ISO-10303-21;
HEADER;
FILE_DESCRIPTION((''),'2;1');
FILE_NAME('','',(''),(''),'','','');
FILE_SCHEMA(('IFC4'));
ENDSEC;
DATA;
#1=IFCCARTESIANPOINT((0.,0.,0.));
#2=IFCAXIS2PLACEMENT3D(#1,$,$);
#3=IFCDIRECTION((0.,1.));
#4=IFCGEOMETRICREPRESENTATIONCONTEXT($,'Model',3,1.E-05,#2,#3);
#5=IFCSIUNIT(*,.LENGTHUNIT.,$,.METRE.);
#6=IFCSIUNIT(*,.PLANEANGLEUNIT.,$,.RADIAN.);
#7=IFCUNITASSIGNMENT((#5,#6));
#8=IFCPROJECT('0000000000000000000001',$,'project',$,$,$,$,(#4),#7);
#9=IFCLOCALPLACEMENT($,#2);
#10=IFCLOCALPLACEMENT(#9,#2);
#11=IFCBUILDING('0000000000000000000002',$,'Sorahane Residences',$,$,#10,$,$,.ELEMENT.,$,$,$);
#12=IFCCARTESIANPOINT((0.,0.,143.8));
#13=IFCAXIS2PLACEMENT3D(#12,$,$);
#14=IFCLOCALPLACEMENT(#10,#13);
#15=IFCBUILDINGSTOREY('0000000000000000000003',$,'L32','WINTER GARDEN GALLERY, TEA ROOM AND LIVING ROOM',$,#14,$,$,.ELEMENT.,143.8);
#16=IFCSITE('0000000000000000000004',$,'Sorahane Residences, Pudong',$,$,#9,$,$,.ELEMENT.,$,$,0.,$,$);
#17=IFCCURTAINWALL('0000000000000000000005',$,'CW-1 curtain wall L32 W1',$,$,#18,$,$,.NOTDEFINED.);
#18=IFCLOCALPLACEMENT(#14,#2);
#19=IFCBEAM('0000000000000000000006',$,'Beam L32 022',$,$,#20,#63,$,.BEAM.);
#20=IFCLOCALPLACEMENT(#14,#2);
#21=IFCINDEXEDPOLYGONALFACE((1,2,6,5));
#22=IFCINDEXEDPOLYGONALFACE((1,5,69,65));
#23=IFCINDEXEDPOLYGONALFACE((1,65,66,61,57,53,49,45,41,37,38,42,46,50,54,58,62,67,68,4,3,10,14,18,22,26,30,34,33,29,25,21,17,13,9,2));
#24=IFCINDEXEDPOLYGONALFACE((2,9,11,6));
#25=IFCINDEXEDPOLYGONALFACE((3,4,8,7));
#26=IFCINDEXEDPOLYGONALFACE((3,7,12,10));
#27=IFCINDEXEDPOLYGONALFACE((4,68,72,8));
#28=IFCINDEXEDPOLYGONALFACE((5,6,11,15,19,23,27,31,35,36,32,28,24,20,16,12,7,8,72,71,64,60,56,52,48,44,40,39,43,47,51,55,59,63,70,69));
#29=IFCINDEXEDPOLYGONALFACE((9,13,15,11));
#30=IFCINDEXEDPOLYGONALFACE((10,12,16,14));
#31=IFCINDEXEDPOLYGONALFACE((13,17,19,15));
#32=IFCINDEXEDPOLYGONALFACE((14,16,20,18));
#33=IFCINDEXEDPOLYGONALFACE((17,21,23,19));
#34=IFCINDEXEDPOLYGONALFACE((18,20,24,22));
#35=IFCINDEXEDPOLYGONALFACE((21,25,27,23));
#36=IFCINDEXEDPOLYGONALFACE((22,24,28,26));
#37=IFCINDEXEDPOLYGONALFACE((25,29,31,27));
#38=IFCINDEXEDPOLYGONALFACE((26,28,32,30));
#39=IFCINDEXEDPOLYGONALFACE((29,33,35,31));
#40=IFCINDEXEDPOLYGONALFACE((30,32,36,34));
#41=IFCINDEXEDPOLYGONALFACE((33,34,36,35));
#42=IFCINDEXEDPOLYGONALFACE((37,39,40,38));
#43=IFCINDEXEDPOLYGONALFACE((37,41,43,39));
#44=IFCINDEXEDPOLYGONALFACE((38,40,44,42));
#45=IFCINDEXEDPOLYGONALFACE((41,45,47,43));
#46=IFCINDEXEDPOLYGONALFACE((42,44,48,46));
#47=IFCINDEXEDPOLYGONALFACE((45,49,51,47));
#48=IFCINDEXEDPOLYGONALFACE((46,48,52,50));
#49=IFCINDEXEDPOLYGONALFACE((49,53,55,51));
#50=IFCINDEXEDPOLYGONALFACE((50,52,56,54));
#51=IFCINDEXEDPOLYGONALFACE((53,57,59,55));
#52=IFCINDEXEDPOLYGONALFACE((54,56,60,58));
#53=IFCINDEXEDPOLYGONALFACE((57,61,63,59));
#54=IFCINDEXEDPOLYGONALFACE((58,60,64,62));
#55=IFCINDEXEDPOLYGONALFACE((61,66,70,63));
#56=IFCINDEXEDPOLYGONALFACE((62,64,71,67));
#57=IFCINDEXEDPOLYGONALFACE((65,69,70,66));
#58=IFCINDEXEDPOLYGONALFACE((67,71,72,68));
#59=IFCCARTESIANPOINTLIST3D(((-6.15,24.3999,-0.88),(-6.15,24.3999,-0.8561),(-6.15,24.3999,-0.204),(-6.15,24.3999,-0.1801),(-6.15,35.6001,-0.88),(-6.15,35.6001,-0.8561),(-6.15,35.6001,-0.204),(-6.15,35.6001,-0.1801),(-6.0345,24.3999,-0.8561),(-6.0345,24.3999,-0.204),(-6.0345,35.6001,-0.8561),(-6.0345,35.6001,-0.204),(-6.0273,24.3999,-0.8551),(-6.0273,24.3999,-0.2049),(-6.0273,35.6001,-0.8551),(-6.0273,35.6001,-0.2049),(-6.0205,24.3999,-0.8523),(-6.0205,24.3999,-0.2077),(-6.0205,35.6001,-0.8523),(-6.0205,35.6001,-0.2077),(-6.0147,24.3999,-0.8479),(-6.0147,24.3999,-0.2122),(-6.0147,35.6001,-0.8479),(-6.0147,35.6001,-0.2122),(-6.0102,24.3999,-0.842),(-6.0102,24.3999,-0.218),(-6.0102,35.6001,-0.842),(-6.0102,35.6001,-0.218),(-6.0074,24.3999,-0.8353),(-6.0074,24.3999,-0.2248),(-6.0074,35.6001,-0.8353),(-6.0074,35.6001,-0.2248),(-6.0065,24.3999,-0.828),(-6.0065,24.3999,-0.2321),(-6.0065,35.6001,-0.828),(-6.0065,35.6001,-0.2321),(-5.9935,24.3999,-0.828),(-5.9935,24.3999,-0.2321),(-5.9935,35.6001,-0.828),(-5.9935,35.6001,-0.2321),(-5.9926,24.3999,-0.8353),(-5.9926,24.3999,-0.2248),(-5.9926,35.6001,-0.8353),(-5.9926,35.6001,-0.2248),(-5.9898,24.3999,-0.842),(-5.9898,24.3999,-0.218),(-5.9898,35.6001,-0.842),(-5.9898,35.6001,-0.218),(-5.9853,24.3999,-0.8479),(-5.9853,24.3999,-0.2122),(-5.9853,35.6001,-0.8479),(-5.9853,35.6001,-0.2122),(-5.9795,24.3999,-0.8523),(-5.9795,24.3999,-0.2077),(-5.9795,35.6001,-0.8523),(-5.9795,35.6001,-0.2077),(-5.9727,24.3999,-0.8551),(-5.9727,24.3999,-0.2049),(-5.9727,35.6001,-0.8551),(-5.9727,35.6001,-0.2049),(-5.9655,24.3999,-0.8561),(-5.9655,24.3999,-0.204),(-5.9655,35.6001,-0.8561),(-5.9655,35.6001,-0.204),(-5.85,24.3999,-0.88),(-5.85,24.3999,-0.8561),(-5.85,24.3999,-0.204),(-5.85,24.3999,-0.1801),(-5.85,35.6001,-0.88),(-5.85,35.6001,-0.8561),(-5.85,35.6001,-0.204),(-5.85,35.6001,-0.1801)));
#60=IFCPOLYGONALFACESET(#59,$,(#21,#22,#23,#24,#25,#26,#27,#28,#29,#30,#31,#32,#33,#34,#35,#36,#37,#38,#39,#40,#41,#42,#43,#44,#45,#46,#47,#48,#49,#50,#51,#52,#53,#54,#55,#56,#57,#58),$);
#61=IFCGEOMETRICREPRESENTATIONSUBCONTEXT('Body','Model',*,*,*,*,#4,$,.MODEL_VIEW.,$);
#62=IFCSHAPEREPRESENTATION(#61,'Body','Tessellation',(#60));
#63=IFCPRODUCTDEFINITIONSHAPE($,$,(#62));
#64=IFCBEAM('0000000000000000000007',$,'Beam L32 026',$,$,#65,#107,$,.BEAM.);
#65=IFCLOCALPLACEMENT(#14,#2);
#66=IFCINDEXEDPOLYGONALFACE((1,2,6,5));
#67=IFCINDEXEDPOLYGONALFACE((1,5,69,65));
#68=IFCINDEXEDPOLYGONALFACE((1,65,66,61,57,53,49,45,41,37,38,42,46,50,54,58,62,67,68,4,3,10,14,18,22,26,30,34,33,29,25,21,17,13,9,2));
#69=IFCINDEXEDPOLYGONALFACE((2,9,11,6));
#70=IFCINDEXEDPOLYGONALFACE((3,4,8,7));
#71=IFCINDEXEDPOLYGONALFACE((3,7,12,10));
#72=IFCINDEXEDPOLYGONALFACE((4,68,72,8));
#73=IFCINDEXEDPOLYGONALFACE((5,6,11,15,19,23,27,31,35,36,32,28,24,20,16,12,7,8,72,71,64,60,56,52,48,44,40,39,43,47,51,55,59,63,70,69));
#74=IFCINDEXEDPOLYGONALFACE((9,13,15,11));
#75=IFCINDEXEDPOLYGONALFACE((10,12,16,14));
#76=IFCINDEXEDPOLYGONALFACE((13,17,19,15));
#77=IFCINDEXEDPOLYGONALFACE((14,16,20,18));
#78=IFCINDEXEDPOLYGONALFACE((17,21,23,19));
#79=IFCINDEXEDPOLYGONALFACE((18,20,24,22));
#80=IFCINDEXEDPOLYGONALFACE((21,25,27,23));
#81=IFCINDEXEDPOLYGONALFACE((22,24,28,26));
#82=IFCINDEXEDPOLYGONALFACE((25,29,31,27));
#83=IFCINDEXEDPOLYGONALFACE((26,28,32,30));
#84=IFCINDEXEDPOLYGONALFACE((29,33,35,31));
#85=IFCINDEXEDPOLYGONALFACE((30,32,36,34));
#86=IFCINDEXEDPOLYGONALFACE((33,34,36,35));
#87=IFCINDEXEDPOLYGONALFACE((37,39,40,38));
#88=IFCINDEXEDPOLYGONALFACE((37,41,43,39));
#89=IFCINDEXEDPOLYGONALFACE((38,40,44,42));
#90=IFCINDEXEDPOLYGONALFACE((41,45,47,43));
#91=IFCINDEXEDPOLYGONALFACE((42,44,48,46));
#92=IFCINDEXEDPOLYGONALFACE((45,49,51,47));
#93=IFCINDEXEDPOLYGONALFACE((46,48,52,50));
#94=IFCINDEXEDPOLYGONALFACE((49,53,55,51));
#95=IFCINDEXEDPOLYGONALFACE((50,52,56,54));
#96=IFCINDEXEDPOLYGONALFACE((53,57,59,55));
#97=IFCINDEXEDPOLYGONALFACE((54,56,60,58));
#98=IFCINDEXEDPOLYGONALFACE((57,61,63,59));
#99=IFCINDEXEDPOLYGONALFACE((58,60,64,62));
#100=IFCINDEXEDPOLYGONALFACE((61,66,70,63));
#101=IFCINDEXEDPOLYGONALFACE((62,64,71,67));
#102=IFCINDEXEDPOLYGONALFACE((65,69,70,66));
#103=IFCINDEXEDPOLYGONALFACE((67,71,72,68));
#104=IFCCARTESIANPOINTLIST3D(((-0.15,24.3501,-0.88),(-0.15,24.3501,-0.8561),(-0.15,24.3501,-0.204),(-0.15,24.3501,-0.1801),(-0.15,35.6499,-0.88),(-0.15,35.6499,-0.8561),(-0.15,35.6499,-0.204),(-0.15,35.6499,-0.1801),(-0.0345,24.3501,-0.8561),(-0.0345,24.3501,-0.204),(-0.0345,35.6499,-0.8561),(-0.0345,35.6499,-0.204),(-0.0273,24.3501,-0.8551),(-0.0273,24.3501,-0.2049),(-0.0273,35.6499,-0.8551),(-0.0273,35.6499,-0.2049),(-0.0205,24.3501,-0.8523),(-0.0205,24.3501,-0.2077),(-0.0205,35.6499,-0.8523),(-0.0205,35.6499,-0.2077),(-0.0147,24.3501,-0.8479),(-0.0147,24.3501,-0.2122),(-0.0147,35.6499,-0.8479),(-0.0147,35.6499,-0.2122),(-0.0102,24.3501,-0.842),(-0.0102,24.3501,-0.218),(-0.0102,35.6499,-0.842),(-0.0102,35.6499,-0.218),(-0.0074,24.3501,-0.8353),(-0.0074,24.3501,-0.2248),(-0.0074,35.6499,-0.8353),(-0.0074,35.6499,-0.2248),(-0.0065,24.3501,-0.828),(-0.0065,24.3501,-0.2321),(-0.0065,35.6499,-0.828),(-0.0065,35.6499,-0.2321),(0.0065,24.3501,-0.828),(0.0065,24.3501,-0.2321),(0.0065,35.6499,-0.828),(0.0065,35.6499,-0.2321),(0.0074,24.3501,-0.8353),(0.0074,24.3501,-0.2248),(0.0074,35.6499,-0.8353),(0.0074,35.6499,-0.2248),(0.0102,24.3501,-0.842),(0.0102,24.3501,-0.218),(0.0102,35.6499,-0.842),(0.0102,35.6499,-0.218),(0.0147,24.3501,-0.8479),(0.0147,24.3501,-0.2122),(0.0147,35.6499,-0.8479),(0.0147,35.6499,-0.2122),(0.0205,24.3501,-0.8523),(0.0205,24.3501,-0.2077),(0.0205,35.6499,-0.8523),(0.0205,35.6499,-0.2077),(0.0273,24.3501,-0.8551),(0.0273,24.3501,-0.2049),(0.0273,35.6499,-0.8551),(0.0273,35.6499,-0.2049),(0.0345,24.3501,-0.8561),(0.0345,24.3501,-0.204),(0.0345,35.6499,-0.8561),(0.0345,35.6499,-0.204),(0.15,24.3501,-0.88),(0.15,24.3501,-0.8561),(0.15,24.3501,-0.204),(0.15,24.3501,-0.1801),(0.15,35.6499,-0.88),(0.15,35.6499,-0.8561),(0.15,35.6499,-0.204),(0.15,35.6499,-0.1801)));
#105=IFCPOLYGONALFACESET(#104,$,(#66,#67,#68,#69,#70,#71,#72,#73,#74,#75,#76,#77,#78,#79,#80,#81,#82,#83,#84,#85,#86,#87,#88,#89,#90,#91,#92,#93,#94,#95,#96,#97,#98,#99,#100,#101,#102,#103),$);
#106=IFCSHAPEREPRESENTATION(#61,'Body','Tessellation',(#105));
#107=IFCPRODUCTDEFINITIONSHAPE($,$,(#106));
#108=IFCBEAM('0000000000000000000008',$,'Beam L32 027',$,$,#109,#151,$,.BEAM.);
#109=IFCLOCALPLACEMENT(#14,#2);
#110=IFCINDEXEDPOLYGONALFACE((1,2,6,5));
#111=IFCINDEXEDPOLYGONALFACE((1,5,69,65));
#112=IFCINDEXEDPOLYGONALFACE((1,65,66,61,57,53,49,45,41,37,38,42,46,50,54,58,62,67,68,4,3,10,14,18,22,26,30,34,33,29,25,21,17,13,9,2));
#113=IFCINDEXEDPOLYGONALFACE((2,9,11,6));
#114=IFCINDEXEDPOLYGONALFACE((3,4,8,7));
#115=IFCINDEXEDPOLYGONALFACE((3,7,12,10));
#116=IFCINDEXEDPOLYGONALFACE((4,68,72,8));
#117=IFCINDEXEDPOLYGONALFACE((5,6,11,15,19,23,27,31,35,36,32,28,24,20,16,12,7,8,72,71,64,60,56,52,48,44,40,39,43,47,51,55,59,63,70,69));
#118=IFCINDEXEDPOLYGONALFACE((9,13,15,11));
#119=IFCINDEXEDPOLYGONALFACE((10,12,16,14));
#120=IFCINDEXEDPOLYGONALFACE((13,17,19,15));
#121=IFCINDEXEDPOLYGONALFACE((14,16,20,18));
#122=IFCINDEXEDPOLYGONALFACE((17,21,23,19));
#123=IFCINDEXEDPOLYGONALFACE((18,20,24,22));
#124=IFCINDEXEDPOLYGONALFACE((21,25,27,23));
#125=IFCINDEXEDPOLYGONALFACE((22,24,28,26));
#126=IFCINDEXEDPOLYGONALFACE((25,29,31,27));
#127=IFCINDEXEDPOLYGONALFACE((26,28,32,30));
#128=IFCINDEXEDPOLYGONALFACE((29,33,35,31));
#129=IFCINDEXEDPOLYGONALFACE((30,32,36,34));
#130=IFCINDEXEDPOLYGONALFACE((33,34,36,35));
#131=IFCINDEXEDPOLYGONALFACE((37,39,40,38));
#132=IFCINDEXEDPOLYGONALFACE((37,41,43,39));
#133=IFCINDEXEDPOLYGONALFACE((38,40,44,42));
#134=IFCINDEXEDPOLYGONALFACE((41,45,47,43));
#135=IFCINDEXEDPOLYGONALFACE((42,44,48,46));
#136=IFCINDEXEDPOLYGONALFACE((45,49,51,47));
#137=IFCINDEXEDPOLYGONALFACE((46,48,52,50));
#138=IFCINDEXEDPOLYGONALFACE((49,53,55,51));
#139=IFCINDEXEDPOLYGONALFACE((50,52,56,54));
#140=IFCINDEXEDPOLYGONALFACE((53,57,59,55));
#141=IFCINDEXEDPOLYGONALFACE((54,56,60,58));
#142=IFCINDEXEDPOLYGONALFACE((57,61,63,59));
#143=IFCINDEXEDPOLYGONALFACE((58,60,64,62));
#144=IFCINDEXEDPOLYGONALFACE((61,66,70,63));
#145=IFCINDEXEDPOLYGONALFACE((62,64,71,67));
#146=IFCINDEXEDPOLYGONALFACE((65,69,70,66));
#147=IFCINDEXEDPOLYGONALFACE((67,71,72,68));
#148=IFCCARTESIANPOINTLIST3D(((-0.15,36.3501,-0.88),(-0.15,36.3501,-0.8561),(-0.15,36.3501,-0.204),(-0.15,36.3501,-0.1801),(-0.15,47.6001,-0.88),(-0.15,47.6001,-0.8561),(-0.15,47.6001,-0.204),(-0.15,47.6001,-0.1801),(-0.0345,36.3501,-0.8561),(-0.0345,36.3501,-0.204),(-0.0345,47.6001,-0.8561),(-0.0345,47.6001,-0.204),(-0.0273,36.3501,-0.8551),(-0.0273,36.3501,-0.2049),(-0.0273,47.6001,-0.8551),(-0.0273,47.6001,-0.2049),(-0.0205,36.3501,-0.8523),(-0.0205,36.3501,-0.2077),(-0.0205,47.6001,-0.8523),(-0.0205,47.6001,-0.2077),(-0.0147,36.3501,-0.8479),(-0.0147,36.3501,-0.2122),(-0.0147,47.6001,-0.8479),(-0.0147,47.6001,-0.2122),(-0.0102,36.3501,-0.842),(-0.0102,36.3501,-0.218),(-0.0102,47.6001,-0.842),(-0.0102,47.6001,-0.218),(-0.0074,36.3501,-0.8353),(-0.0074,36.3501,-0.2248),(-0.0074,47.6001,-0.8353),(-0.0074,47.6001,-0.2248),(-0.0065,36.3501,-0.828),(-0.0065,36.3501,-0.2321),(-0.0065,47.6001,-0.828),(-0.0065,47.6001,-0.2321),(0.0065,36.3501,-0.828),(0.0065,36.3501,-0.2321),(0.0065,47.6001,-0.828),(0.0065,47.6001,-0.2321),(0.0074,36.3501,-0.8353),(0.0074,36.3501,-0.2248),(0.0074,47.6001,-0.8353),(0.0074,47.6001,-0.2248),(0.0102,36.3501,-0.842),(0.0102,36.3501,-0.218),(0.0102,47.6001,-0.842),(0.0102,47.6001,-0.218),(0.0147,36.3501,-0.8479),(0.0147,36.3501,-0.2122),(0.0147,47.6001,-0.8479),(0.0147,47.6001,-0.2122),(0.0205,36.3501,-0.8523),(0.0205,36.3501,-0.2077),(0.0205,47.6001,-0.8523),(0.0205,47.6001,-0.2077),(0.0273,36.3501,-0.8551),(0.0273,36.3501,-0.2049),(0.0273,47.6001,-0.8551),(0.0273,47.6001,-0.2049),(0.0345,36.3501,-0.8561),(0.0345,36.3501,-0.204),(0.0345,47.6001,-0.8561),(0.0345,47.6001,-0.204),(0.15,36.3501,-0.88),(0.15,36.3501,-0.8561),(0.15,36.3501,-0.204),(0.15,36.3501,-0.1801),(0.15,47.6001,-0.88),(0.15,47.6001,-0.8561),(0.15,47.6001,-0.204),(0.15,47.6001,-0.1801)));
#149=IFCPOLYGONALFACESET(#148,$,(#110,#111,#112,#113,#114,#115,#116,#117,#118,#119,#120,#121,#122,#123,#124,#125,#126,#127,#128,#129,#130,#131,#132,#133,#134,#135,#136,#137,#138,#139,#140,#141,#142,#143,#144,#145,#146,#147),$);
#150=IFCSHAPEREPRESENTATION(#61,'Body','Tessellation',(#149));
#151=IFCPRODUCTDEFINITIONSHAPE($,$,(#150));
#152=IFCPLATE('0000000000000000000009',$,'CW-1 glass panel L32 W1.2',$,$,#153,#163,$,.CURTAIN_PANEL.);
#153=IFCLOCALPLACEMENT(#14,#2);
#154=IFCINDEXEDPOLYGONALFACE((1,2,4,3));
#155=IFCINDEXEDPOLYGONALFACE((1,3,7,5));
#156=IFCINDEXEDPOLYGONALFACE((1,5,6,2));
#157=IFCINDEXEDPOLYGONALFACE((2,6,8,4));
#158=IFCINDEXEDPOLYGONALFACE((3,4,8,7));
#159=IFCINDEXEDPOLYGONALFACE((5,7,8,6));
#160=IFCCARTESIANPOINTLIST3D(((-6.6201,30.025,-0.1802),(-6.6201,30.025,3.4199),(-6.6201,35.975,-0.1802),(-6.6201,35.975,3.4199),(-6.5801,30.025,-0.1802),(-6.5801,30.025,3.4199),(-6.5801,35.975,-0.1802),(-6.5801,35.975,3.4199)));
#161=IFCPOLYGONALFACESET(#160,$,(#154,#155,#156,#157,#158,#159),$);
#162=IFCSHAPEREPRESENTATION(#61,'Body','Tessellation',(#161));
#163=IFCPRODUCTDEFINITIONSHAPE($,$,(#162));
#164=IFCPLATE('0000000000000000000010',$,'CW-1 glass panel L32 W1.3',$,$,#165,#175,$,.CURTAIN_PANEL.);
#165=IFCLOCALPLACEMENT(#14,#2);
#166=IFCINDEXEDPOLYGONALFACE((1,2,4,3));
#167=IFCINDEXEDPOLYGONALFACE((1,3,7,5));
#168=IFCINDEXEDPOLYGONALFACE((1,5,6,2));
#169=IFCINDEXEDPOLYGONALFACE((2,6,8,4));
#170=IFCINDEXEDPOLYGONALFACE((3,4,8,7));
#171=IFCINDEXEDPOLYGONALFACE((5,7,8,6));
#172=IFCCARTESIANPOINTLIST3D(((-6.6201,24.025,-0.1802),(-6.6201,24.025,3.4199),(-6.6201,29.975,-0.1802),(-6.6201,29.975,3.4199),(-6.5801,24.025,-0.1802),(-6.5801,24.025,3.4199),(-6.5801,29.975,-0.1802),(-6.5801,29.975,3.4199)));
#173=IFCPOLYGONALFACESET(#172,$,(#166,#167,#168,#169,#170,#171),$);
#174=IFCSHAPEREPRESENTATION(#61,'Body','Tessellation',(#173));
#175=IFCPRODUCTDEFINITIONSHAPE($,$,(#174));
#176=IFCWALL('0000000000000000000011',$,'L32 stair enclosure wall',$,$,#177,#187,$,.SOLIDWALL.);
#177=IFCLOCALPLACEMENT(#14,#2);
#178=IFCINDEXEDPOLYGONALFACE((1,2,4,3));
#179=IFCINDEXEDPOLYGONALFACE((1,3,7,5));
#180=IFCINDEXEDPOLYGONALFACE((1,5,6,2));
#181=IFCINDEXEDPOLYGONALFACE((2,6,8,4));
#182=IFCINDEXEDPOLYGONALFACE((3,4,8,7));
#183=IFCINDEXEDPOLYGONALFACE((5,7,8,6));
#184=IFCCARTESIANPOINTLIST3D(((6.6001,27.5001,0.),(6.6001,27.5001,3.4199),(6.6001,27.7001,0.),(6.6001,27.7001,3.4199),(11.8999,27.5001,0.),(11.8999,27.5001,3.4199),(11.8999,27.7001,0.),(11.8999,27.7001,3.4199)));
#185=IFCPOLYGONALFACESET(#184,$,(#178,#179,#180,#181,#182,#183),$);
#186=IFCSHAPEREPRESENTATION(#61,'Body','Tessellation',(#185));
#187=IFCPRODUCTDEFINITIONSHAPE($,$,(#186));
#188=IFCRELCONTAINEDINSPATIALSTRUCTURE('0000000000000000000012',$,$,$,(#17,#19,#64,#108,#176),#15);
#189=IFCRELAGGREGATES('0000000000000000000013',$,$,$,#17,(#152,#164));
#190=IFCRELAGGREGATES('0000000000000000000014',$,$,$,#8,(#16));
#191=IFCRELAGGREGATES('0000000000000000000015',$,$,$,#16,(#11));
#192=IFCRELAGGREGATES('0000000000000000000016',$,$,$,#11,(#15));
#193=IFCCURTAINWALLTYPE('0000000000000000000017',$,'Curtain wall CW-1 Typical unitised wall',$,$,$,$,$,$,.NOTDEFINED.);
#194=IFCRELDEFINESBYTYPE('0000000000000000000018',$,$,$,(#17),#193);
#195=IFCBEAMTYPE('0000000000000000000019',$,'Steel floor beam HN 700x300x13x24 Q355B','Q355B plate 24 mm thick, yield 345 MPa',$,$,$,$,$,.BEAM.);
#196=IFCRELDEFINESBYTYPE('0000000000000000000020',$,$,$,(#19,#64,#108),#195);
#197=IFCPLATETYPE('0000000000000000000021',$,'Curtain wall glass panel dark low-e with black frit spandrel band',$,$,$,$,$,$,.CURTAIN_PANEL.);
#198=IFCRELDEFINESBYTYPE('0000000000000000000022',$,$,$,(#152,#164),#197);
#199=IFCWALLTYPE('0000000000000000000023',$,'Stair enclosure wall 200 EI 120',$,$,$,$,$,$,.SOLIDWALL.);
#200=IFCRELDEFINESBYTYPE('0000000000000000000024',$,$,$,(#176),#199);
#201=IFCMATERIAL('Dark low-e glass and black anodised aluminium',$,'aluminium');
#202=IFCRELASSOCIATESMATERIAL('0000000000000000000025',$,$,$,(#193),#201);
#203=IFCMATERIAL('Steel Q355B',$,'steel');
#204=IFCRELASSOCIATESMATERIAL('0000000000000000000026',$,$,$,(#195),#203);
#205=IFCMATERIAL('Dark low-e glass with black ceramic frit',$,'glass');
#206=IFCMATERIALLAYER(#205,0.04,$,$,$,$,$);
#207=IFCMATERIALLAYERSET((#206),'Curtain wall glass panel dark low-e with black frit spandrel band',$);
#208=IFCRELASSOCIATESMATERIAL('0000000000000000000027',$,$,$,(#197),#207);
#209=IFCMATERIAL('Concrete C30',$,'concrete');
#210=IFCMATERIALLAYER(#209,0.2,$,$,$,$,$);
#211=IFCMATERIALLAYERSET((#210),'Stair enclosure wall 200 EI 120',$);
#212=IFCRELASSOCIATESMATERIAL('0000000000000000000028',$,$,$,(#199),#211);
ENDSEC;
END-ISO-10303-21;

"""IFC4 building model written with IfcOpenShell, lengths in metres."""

from ifc_helpers import new_model, si_unit, direction, frame, frame_2d, origin, origin_2d, place, context, subcontext, project, spatial, rectangle, i_section, extrude, material, layer, layer_set, material_profile, profile_set, type_object, element, aggregate, save


model = new_model("IFC4")

# Units and contexts
model_context = context("Model", 3, precision=1e-05, world=origin(), true_north=direction((0.0, 1.0)))
body_context = subcontext(model_context, "Body", "Model", "MODEL_VIEW")
ifc_project = project(units=[si_unit("LENGTHUNIT", "METRE"), si_unit("PLANEANGLEUNIT", "RADIAN")], contexts=[model_context])

# Site, building, storey
site_placement = place(None, origin())
site = spatial("IfcSite", under=ifc_project, at=site_placement, Name="Sorahane Residences, Pudong", CompositionType="ELEMENT", RefElevation=0.0)
building_placement = place(site_placement, origin())
building = spatial("IfcBuilding", under=site, at=building_placement, Name="Sorahane Residences", CompositionType="ELEMENT")
storey_placement = place(building_placement, frame((0.0, 0.0, 143.8)))
storey = spatial("IfcBuildingStorey", under=building, at=storey_placement, Name="L32", Description="WINTER GARDEN GALLERY, TEA ROOM AND LIVING ROOM", CompositionType="ELEMENT", Elevation=143.8)

# Curtain wall
ifc_material_1 = material(Name="Dark low-e glass and black anodised aluminium", Category="aluminium")
curtain_wall_type = type_object("IfcCurtainWallType", Name="Curtain wall CW-1 Typical unitised wall", PredefinedType="NOTDEFINED", material=ifc_material_1)
curtain_wall_placement = place(storey_placement, origin())
curtain_wall = element("IfcCurtainWall", 1, at=curtain_wall_placement, inside=storey, type_object=curtain_wall_type, Name="CW-1 curtain wall L32 W1", PredefinedType="NOTDEFINED")

# Beams
ifc_material_2 = material(Name="Steel Q355B", Category="steel")
ifc_material_profile_1 = material_profile(ifc_material_2, i_section(OverallWidth=0.3, OverallDepth=0.7, WebThickness=0.0129, FlangeThickness=0.0239, FilletRadius=0.0281, at=origin_2d()), Name="HN 700x300x13x24")
ifc_profile_set_1 = profile_set([ifc_material_profile_1], Name="Steel Q355B")
beam_type_1 = type_object("IfcBeamType", Name="Steel floor beam HN 700x300x13x24 Q355B", Description="Q355B plate 24 mm thick, yield 345 MPa", PredefinedType="BEAM", material=ifc_profile_set_1)
beam_1_placement = place(storey_placement, frame((-6.0, 24.3999, -0.53), z_axis=(0.0, 1.0, 0.0), x_axis=(-1.0, 0.0, 0.0)))
element("IfcBeam", 2, at=beam_1_placement, inside=storey, type_object=beam_type_1, Name="Beam L32 022", PredefinedType="BEAM", context=body_context, shape_type="SweptSolid", body=[
    extrude(i_section(OverallWidth=0.3, OverallDepth=0.7, WebThickness=0.0129, FlangeThickness=0.0239, FilletRadius=0.0281, at=origin_2d()), origin(), (0.0, 0.0, 1.0), 11.2002),
])
beam_2_placement = place(storey_placement, frame((0.0, 24.3501, -0.53), z_axis=(0.0, 1.0, 0.0), x_axis=(-1.0, 0.0, 0.0)))
element("IfcBeam", 3, at=beam_2_placement, inside=storey, type_object=beam_type_1, Name="Beam L32 026", PredefinedType="BEAM", context=body_context, shape_type="SweptSolid", body=[
    extrude(i_section(OverallWidth=0.3, OverallDepth=0.7, WebThickness=0.0129, FlangeThickness=0.0239, FilletRadius=0.0281, at=origin_2d()), origin(), (0.0, 0.0, 1.0), 11.2998),
])
beam_3_placement = place(storey_placement, frame((0.0, 36.3501, -0.53), z_axis=(0.0, 1.0, 0.0), x_axis=(-1.0, 0.0, 0.0)))
element("IfcBeam", 4, at=beam_3_placement, inside=storey, type_object=beam_type_1, Name="Beam L32 027", PredefinedType="BEAM", context=body_context, shape_type="SweptSolid", body=[
    extrude(i_section(OverallWidth=0.3, OverallDepth=0.7, WebThickness=0.0129, FlangeThickness=0.0239, FilletRadius=0.0281, at=origin_2d()), origin(), (0.0, 0.0, 1.0), 11.25),
])

# Plates
ifc_material_3 = material(Name="Dark low-e glass with black ceramic frit", Category="glass")
ifc_layer_1 = layer(ifc_material_3, 0.04)
ifc_layer_set_1 = layer_set([ifc_layer_1], Name="Curtain wall glass panel dark low-e with black frit spandrel band")
plate_type = type_object("IfcPlateType", Name="Curtain wall glass panel dark low-e with black frit spandrel band", PredefinedType="CURTAIN_PANEL", material=ifc_layer_set_1)
plate_1_placement = place(storey_placement, frame((-6.6001, 33.0, -0.1802), z_axis=(0.0, 0.0, 1.0), x_axis=(0.0, -1.0, 0.0)))
plate_1 = element("IfcPlate", 5, at=plate_1_placement, type_object=plate_type, Name="CW-1 glass panel L32 W1.2", PredefinedType="CURTAIN_PANEL", context=body_context, shape_type="SweptSolid", body=[
    extrude(rectangle(XDim=5.95, YDim=0.04, at=origin_2d()), origin(), (0.0, 0.0, 1.0), 3.6001),
])
plate_2_placement = place(storey_placement, frame((-6.6001, 27.0, -0.1802), z_axis=(0.0, 0.0, 1.0), x_axis=(0.0, -1.0, 0.0)))
plate_2 = element("IfcPlate", 6, at=plate_2_placement, type_object=plate_type, Name="CW-1 glass panel L32 W1.3", PredefinedType="CURTAIN_PANEL", context=body_context, shape_type="SweptSolid", body=[
    extrude(rectangle(XDim=5.95, YDim=0.04, at=origin_2d()), origin(), (0.0, 0.0, 1.0), 3.6001),
])
aggregate(curtain_wall, [plate_1, plate_2])

# Wall
ifc_material_4 = material(Name="Concrete C30", Category="concrete")
ifc_layer_2 = layer(ifc_material_4, 0.2)
ifc_layer_set_2 = layer_set([ifc_layer_2], Name="Stair enclosure wall 200 EI 120")
wall_type = type_object("IfcWallType", Name="Stair enclosure wall 200 EI 120", PredefinedType="SOLIDWALL", material=ifc_layer_set_2)
wall_placement = place(storey_placement, frame((6.6001, 27.6001, 0.0), z_axis=(0.0, 0.0, 1.0), x_axis=(1.0, 0.0, 0.0)))
element("IfcWall", 7, at=wall_placement, inside=storey, type_object=wall_type, Name="L32 stair enclosure wall", PredefinedType="SOLIDWALL", context=body_context, shape_type="SweptSolid", body=[
    extrude(rectangle(XDim=5.2998, YDim=0.2, at=frame_2d((2.6499, 0.0))), origin(), (0.0, 0.0, 1.0), 3.4199),
])

save(model, "model.ifc")
